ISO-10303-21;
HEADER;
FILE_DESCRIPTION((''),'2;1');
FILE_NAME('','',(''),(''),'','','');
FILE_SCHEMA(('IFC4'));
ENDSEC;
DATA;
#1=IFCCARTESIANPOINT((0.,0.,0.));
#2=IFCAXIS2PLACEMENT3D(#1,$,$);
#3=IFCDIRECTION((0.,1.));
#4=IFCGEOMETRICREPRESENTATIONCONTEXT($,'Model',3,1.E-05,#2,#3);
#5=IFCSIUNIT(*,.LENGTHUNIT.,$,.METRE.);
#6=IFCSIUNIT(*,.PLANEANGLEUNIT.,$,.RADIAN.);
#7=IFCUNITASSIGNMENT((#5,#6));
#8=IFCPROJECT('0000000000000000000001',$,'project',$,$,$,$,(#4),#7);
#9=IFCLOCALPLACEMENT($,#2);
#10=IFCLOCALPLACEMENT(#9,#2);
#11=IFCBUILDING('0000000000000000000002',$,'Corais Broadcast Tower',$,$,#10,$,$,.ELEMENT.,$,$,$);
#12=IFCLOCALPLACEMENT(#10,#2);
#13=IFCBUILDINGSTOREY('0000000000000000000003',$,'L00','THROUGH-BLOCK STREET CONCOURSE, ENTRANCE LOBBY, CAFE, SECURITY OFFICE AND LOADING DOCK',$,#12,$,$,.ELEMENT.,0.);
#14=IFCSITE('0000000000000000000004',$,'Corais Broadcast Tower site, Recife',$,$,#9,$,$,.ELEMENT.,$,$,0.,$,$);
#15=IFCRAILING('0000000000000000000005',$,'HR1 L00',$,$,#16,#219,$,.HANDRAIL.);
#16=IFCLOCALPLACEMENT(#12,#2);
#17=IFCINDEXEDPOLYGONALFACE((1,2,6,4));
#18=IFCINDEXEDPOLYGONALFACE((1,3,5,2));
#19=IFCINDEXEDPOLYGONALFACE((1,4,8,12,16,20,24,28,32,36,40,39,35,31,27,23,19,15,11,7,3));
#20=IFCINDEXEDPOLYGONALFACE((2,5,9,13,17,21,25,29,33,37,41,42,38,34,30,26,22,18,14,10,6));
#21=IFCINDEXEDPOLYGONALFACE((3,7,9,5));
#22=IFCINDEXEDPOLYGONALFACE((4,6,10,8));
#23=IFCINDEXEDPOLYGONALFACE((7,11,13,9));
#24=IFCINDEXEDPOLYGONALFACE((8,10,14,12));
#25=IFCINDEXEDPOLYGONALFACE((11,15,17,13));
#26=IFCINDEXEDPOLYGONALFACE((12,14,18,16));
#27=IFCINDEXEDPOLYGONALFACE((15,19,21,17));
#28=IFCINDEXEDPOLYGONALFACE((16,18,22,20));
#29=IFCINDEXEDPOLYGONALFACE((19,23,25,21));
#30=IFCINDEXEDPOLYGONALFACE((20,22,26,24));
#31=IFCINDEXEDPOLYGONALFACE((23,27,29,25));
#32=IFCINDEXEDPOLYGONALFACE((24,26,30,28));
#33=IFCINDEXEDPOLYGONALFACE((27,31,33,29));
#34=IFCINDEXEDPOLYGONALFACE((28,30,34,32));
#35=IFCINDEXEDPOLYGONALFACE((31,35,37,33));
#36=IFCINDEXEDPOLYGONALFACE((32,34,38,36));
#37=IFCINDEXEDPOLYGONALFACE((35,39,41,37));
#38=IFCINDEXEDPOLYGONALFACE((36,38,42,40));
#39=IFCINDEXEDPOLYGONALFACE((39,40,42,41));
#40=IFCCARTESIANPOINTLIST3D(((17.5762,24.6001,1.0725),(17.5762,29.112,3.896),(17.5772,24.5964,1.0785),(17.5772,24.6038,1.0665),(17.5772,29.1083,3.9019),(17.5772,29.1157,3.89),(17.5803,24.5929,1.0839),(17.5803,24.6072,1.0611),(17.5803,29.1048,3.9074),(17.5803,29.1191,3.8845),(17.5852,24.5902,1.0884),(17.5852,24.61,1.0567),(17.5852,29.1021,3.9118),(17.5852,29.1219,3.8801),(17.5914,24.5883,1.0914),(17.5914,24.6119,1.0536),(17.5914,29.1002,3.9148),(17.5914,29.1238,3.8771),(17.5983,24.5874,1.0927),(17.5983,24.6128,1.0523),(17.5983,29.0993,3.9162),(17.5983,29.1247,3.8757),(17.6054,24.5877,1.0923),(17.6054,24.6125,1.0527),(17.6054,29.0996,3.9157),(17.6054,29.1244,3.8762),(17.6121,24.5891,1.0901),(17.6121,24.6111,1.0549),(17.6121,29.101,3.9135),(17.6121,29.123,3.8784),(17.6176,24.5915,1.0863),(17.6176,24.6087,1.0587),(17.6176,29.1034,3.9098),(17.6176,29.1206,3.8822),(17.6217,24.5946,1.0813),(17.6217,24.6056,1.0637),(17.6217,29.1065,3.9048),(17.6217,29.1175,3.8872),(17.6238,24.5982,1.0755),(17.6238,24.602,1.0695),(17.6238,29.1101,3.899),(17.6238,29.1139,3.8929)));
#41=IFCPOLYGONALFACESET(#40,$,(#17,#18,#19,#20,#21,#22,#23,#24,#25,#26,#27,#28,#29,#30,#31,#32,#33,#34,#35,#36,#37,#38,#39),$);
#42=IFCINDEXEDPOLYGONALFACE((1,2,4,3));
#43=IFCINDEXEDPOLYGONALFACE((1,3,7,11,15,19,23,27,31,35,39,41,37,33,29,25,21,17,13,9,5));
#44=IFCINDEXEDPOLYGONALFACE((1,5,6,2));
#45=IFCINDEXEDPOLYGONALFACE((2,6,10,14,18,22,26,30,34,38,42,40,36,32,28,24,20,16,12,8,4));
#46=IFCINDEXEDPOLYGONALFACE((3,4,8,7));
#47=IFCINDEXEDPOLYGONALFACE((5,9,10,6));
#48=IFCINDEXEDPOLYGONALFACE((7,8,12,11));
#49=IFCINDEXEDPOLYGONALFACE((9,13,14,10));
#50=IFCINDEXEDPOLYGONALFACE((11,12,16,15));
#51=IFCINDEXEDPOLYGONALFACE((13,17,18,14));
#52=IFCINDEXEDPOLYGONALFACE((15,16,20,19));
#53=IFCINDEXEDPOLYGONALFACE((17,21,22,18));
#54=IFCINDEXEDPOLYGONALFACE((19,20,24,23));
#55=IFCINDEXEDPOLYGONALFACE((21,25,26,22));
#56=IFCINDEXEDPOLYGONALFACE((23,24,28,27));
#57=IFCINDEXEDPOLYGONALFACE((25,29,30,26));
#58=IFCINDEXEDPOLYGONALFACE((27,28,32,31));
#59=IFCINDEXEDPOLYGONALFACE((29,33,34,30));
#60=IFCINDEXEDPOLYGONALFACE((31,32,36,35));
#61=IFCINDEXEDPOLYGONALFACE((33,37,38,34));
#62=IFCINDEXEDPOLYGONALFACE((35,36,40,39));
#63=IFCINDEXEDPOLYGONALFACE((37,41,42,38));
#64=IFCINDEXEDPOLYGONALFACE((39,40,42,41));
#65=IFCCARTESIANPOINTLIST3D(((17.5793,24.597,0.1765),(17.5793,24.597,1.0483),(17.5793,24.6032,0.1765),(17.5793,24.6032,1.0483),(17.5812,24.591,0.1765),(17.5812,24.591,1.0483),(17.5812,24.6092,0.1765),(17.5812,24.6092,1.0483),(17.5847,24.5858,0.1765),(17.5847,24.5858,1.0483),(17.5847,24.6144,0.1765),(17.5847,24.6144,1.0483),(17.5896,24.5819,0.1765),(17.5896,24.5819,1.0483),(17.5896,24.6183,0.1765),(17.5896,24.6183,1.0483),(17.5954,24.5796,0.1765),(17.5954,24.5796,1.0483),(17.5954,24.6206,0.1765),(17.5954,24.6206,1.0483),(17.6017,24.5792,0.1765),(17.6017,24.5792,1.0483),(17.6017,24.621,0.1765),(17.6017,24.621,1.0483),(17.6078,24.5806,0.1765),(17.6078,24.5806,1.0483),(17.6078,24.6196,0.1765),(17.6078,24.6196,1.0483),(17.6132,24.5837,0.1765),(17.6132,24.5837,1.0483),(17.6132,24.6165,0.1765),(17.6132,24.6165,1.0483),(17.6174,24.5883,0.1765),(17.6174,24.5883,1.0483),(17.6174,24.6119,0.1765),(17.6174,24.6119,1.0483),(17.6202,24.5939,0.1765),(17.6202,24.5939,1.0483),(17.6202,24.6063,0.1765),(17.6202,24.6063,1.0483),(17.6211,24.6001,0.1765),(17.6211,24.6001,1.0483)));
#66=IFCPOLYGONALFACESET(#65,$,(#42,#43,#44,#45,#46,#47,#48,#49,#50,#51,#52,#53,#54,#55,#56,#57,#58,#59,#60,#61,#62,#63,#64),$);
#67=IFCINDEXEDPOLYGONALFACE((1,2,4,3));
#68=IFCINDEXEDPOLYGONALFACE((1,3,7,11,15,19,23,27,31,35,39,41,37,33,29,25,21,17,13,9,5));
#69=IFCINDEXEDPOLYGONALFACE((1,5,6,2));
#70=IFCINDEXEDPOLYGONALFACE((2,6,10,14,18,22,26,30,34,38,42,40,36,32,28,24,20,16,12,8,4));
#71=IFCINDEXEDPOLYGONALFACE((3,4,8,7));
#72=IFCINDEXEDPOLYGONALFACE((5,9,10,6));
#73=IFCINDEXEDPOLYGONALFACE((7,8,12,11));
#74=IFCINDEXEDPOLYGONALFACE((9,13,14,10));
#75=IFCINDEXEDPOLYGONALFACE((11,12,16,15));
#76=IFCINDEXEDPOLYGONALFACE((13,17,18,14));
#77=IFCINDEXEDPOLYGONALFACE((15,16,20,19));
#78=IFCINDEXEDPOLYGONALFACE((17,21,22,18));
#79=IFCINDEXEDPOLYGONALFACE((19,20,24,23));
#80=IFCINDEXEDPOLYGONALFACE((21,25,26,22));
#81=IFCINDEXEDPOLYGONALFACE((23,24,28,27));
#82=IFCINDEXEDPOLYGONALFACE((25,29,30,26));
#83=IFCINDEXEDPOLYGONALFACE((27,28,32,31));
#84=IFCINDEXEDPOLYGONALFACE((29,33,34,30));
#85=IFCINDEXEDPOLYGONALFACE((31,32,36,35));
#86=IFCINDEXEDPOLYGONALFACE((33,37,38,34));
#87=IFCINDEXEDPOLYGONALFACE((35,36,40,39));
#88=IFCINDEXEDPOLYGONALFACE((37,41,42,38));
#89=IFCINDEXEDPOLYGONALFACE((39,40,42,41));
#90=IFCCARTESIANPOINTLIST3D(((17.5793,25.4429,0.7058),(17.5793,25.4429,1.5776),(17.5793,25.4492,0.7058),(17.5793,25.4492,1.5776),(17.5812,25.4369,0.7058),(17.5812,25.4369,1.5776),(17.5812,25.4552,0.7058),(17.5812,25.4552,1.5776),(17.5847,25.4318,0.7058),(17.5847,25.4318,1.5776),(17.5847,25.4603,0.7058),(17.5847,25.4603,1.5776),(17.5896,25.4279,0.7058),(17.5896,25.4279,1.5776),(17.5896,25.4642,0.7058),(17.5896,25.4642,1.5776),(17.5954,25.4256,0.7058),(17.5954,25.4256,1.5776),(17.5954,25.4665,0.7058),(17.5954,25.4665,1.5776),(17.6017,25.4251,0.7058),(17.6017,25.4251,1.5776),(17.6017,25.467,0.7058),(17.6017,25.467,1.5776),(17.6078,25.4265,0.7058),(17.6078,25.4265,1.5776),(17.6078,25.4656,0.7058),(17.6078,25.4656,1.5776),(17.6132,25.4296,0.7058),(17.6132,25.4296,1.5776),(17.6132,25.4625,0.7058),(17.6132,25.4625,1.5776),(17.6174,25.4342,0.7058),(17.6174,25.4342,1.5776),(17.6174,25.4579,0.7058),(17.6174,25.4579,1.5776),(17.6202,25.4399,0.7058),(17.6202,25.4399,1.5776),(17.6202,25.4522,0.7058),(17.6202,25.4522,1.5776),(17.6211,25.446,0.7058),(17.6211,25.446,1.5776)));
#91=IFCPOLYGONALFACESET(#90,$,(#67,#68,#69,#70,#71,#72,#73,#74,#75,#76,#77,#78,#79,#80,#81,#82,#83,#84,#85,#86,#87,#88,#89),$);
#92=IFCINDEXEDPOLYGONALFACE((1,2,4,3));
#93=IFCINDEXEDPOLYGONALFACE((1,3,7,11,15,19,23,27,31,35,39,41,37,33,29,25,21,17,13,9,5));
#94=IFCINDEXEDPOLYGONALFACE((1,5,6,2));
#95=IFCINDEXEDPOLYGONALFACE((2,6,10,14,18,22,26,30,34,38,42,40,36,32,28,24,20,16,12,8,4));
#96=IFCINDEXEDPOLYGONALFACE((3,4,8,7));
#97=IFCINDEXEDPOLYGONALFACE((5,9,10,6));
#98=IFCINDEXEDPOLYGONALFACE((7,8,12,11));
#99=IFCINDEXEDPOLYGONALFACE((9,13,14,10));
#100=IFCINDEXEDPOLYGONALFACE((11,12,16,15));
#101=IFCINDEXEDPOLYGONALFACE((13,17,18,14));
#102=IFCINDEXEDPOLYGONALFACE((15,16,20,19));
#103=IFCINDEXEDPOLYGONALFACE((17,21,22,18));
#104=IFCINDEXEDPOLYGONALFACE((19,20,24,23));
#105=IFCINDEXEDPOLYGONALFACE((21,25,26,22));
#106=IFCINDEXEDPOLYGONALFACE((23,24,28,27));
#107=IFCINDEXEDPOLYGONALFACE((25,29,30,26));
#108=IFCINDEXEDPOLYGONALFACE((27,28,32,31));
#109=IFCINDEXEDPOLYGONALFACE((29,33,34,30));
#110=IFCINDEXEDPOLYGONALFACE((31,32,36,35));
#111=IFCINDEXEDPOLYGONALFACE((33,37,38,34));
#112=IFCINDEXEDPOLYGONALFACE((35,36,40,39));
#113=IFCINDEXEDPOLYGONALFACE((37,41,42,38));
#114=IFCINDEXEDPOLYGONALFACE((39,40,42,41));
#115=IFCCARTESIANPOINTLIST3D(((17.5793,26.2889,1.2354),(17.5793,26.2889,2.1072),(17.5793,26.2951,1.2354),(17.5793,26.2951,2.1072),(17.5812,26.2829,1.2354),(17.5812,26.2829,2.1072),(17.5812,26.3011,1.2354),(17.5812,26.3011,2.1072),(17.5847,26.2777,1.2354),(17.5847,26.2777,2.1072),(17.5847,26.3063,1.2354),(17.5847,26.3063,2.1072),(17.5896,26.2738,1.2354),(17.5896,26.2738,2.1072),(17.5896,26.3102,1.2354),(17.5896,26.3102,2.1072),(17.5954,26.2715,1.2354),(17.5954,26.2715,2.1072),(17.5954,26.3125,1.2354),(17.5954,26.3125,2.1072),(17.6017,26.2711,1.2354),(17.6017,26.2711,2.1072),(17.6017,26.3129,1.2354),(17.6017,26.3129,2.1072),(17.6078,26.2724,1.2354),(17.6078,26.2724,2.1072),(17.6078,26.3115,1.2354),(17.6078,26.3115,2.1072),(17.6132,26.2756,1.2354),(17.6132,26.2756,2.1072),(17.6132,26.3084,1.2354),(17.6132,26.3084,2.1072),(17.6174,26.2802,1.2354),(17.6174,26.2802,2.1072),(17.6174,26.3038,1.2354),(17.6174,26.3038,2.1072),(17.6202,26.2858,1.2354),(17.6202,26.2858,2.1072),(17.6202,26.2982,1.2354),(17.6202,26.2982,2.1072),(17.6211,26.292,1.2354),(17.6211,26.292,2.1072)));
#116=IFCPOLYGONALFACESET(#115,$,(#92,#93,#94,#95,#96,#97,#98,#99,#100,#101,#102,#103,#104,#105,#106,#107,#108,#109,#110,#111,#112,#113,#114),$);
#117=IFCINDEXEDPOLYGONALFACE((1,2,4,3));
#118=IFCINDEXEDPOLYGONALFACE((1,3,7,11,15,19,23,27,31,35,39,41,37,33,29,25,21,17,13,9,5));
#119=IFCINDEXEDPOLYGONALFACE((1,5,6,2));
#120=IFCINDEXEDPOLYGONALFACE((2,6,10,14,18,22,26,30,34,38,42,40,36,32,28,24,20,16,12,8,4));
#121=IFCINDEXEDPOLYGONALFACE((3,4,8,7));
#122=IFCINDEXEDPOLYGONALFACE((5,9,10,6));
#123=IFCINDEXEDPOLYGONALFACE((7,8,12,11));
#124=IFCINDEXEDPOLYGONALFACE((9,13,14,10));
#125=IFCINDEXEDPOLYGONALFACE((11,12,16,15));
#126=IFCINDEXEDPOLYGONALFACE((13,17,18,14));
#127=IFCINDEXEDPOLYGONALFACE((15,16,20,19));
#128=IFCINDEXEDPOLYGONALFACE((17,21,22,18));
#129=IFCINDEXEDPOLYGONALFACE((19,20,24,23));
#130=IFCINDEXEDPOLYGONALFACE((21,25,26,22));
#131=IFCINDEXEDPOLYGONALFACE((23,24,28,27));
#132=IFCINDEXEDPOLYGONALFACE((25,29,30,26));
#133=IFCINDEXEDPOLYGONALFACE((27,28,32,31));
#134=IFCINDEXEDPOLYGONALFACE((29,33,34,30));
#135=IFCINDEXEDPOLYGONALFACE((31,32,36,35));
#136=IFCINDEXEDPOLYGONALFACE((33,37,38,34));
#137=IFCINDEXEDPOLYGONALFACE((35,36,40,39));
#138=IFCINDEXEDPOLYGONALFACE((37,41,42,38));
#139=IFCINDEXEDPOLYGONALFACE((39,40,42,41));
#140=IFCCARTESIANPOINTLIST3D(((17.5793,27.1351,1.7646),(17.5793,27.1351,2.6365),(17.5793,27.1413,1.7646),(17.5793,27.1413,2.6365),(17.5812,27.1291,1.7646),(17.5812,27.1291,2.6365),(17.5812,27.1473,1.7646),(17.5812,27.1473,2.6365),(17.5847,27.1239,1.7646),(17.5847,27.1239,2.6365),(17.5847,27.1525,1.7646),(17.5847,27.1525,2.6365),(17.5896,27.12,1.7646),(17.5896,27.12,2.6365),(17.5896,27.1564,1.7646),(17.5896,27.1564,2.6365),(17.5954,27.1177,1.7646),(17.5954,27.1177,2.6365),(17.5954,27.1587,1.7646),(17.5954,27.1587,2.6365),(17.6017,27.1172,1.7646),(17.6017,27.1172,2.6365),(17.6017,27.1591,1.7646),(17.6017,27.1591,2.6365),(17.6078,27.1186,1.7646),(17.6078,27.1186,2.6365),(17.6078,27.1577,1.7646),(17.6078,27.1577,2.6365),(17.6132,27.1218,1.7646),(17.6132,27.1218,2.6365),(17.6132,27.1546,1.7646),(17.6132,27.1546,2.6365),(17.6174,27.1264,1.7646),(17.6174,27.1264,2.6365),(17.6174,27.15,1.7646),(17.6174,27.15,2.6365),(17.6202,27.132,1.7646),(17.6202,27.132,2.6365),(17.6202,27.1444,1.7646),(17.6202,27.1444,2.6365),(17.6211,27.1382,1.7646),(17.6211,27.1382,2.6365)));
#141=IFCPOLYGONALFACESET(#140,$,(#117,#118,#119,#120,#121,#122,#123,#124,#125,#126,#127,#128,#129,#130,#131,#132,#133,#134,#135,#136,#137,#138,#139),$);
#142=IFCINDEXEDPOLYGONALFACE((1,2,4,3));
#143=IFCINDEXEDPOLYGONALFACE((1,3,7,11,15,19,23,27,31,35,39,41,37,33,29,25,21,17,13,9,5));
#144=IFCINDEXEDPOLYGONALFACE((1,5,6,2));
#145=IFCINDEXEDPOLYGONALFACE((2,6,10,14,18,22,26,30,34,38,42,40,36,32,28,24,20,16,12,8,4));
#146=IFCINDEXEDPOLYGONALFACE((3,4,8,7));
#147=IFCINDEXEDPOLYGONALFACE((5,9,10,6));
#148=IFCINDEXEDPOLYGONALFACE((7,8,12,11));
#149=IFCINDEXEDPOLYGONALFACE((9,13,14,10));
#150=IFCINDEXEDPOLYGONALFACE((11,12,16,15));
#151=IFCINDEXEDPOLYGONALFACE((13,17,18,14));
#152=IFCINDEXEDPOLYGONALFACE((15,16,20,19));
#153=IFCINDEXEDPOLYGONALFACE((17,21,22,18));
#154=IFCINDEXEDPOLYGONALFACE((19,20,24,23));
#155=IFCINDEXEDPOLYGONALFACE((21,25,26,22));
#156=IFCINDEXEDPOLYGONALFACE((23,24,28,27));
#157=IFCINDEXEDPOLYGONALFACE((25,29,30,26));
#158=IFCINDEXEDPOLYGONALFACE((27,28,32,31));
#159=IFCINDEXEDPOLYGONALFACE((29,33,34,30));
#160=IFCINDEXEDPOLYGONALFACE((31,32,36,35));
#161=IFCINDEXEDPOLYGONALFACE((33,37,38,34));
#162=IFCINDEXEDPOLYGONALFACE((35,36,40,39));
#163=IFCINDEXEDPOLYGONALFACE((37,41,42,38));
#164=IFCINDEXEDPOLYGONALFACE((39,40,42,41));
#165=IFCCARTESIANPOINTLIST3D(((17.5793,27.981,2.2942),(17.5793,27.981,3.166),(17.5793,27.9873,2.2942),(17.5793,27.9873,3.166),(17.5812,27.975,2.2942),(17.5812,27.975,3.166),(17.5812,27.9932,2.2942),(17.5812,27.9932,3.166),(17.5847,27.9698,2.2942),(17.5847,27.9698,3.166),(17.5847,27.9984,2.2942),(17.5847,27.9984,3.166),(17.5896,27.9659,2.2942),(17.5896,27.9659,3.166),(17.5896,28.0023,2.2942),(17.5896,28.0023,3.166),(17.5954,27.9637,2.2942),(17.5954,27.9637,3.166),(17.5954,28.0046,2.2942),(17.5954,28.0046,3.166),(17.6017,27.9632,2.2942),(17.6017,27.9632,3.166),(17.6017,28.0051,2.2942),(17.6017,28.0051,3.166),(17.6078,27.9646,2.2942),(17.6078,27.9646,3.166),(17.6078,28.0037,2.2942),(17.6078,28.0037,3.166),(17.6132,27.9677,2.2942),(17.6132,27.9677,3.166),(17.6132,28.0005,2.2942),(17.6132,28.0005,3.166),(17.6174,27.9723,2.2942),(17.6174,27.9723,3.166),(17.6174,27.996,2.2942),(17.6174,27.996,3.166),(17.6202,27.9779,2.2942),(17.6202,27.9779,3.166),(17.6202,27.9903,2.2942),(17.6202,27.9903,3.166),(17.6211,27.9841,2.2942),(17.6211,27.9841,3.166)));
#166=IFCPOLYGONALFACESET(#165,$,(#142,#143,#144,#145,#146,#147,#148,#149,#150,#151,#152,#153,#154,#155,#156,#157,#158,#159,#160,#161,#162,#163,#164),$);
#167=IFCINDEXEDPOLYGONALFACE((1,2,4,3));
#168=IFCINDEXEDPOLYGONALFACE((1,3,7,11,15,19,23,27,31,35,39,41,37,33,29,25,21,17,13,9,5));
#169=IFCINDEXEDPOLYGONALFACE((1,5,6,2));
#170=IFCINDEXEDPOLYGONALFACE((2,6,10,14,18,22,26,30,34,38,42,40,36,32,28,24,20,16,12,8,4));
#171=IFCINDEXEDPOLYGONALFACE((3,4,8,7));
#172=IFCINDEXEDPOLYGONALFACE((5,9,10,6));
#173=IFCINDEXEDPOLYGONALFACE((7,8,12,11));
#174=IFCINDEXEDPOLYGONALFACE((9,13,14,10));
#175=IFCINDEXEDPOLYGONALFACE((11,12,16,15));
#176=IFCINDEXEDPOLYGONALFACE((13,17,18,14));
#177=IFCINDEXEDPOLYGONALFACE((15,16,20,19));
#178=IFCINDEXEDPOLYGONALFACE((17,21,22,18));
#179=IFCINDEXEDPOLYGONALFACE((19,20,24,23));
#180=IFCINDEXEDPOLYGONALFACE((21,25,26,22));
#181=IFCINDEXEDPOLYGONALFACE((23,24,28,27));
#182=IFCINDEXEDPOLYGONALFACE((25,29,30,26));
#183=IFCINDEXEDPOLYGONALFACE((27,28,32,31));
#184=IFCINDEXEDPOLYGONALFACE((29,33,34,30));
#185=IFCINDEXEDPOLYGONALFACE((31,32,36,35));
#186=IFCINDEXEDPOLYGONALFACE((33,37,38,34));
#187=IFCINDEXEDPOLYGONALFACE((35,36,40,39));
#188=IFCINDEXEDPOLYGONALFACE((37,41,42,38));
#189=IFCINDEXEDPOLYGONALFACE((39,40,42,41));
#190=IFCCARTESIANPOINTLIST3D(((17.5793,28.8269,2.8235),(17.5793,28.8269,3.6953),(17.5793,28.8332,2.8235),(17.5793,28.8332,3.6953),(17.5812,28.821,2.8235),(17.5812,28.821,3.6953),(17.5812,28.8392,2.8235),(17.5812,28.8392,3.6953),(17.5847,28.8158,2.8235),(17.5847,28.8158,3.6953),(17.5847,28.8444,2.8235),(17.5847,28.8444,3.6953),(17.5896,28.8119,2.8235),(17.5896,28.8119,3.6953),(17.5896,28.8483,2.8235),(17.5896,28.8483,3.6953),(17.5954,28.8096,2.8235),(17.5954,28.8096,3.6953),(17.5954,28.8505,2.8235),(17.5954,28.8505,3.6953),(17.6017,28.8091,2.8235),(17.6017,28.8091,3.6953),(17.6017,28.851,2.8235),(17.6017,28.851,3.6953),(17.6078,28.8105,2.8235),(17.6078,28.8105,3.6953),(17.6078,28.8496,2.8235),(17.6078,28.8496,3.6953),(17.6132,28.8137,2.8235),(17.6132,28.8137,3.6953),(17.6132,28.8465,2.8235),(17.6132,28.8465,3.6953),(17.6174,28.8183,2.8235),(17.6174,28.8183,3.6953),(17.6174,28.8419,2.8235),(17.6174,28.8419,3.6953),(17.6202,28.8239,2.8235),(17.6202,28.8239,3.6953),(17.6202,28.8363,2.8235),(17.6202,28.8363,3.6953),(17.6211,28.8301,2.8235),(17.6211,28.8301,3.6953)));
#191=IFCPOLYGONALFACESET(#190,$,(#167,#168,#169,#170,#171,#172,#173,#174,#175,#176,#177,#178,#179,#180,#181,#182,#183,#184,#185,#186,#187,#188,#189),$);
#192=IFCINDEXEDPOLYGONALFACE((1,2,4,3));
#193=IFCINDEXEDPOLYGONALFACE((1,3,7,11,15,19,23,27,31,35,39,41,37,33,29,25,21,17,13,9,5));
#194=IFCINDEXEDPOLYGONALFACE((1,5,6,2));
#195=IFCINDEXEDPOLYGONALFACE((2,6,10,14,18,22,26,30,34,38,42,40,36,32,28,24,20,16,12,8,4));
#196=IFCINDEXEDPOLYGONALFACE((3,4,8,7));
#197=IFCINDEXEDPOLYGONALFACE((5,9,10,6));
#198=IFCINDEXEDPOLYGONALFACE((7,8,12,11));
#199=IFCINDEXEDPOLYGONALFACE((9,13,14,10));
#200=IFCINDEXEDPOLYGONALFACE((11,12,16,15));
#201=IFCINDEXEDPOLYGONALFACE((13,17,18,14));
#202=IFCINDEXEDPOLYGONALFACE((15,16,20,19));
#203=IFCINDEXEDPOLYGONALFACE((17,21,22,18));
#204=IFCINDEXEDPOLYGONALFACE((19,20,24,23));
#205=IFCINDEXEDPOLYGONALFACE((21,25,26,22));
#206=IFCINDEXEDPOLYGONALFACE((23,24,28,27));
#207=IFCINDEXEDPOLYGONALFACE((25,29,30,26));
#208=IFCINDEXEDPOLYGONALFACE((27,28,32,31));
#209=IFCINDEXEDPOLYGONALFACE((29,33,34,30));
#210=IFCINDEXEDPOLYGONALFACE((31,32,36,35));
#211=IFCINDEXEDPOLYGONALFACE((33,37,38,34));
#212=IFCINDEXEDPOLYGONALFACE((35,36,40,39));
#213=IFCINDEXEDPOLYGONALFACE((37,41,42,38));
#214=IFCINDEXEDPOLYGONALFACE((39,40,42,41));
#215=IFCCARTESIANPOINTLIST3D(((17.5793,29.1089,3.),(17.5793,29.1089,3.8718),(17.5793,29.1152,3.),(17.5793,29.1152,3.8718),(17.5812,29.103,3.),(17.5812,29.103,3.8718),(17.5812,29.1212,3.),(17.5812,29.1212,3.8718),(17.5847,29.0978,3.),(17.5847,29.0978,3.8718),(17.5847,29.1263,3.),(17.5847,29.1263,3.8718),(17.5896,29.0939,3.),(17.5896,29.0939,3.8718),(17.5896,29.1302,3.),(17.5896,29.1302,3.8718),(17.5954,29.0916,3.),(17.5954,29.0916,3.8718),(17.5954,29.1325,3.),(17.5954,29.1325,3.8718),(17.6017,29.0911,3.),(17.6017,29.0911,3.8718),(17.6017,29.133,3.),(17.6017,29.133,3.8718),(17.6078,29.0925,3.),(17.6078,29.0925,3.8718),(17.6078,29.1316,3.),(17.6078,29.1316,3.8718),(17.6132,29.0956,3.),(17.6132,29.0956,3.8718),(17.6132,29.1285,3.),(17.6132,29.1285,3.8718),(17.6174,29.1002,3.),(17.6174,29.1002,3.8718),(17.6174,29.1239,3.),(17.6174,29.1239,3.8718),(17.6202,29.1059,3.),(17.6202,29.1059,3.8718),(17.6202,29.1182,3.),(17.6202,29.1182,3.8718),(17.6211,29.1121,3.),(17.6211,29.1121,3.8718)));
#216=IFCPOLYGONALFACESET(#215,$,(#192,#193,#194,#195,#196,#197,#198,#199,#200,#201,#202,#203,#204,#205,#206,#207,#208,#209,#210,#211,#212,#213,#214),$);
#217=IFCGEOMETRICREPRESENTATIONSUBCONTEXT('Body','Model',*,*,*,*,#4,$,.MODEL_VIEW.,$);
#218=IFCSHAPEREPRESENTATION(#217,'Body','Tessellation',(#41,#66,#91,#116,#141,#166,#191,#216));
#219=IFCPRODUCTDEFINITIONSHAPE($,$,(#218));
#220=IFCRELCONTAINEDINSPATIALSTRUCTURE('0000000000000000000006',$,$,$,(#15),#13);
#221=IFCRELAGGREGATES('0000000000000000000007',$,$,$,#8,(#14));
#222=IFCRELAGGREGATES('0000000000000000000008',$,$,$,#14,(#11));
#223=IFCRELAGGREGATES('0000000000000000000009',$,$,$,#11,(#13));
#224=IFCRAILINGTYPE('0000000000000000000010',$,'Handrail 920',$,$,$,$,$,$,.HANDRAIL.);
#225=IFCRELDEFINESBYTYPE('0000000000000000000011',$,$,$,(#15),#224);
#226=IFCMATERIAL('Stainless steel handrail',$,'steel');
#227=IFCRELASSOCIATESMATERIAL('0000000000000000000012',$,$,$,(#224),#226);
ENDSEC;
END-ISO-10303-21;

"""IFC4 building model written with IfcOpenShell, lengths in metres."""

from ifc_helpers import new_model, si_unit, direction, frame, origin, origin_2d, place, context, subcontext, project, spatial, circle, extrude, material, type_object, element, save


model = new_model("IFC4")

# Units and contexts
model_context = context("Model", 3, precision=1e-05, world=origin(), true_north=direction((0.0, 1.0)))
body_context = subcontext(model_context, "Body", "Model", "MODEL_VIEW")
ifc_project = project(units=[si_unit("LENGTHUNIT", "METRE"), si_unit("PLANEANGLEUNIT", "RADIAN")], contexts=[model_context])

# Site, building, storey
site_placement = place(None, origin())
site = spatial("IfcSite", under=ifc_project, at=site_placement, Name="Corais Broadcast Tower site, Recife", CompositionType="ELEMENT", RefElevation=0.0)
building_placement = place(site_placement, origin())
building = spatial("IfcBuilding", under=site, at=building_placement, Name="Corais Broadcast Tower", CompositionType="ELEMENT")
storey_placement = place(building_placement, origin())
storey = spatial("IfcBuildingStorey", under=building, at=storey_placement, Name="L00", Description="THROUGH-BLOCK STREET CONCOURSE, ENTRANCE LOBBY, CAFE, SECURITY OFFICE AND LOADING DOCK", CompositionType="ELEMENT", Elevation=0.0)

# Railing
ifc_material_1 = material(Name="Stainless steel handrail", Category="steel")
railing_type = type_object("IfcRailingType", Name="Handrail 920", PredefinedType="HANDRAIL", material=ifc_material_1)
for number, where, name in (
    (1, (17.6001, 24.6001, 0.1765), "HR1 L00"),
):
    element("IfcRailing", number, at=place(storey_placement, frame(where)), inside=storey, type_object=railing_type, Name=name, PredefinedType="HANDRAIL", context=body_context, shape_type="SweptSolid", body=[
        extrude(circle(Radius=0.0239, at=origin_2d()), frame((0.0, 0.0, 0.896), z_axis=(0.0, 0.847702, 0.530473), x_axis=(-1.0, 0.0, 0.0)), (0.0, 0.0, 1.0), 5.3225),
        extrude(circle(Radius=0.021, at=origin_2d()), origin(), (0.0, 0.0, 1.0), 0.8718),
        extrude(circle(Radius=0.021, at=origin_2d()), frame((0.0, 0.8459, 0.5293)), (0.0, 0.0, 1.0), 0.8718),
        extrude(circle(Radius=0.021, at=origin_2d()), frame((0.0, 1.6919, 1.0588)), (0.0, 0.0, 1.0), 0.8718),
        extrude(circle(Radius=0.021, at=origin_2d()), frame((0.0, 2.5381, 1.5881)), (0.0, 0.0, 1.0), 0.8718),
        extrude(circle(Radius=0.021, at=origin_2d()), frame((0.0, 3.384, 2.1177)), (0.0, 0.0, 1.0), 0.8718),
        extrude(circle(Radius=0.021, at=origin_2d()), frame((0.0, 4.23, 2.647)), (0.0, 0.0, 1.0), 0.8718),
        extrude(circle(Radius=0.021, at=origin_2d()), frame((0.0, 4.512, 2.8235)), (0.0, 0.0, 1.0), 0.8718),
    ])

save(model, "model.ifc")
